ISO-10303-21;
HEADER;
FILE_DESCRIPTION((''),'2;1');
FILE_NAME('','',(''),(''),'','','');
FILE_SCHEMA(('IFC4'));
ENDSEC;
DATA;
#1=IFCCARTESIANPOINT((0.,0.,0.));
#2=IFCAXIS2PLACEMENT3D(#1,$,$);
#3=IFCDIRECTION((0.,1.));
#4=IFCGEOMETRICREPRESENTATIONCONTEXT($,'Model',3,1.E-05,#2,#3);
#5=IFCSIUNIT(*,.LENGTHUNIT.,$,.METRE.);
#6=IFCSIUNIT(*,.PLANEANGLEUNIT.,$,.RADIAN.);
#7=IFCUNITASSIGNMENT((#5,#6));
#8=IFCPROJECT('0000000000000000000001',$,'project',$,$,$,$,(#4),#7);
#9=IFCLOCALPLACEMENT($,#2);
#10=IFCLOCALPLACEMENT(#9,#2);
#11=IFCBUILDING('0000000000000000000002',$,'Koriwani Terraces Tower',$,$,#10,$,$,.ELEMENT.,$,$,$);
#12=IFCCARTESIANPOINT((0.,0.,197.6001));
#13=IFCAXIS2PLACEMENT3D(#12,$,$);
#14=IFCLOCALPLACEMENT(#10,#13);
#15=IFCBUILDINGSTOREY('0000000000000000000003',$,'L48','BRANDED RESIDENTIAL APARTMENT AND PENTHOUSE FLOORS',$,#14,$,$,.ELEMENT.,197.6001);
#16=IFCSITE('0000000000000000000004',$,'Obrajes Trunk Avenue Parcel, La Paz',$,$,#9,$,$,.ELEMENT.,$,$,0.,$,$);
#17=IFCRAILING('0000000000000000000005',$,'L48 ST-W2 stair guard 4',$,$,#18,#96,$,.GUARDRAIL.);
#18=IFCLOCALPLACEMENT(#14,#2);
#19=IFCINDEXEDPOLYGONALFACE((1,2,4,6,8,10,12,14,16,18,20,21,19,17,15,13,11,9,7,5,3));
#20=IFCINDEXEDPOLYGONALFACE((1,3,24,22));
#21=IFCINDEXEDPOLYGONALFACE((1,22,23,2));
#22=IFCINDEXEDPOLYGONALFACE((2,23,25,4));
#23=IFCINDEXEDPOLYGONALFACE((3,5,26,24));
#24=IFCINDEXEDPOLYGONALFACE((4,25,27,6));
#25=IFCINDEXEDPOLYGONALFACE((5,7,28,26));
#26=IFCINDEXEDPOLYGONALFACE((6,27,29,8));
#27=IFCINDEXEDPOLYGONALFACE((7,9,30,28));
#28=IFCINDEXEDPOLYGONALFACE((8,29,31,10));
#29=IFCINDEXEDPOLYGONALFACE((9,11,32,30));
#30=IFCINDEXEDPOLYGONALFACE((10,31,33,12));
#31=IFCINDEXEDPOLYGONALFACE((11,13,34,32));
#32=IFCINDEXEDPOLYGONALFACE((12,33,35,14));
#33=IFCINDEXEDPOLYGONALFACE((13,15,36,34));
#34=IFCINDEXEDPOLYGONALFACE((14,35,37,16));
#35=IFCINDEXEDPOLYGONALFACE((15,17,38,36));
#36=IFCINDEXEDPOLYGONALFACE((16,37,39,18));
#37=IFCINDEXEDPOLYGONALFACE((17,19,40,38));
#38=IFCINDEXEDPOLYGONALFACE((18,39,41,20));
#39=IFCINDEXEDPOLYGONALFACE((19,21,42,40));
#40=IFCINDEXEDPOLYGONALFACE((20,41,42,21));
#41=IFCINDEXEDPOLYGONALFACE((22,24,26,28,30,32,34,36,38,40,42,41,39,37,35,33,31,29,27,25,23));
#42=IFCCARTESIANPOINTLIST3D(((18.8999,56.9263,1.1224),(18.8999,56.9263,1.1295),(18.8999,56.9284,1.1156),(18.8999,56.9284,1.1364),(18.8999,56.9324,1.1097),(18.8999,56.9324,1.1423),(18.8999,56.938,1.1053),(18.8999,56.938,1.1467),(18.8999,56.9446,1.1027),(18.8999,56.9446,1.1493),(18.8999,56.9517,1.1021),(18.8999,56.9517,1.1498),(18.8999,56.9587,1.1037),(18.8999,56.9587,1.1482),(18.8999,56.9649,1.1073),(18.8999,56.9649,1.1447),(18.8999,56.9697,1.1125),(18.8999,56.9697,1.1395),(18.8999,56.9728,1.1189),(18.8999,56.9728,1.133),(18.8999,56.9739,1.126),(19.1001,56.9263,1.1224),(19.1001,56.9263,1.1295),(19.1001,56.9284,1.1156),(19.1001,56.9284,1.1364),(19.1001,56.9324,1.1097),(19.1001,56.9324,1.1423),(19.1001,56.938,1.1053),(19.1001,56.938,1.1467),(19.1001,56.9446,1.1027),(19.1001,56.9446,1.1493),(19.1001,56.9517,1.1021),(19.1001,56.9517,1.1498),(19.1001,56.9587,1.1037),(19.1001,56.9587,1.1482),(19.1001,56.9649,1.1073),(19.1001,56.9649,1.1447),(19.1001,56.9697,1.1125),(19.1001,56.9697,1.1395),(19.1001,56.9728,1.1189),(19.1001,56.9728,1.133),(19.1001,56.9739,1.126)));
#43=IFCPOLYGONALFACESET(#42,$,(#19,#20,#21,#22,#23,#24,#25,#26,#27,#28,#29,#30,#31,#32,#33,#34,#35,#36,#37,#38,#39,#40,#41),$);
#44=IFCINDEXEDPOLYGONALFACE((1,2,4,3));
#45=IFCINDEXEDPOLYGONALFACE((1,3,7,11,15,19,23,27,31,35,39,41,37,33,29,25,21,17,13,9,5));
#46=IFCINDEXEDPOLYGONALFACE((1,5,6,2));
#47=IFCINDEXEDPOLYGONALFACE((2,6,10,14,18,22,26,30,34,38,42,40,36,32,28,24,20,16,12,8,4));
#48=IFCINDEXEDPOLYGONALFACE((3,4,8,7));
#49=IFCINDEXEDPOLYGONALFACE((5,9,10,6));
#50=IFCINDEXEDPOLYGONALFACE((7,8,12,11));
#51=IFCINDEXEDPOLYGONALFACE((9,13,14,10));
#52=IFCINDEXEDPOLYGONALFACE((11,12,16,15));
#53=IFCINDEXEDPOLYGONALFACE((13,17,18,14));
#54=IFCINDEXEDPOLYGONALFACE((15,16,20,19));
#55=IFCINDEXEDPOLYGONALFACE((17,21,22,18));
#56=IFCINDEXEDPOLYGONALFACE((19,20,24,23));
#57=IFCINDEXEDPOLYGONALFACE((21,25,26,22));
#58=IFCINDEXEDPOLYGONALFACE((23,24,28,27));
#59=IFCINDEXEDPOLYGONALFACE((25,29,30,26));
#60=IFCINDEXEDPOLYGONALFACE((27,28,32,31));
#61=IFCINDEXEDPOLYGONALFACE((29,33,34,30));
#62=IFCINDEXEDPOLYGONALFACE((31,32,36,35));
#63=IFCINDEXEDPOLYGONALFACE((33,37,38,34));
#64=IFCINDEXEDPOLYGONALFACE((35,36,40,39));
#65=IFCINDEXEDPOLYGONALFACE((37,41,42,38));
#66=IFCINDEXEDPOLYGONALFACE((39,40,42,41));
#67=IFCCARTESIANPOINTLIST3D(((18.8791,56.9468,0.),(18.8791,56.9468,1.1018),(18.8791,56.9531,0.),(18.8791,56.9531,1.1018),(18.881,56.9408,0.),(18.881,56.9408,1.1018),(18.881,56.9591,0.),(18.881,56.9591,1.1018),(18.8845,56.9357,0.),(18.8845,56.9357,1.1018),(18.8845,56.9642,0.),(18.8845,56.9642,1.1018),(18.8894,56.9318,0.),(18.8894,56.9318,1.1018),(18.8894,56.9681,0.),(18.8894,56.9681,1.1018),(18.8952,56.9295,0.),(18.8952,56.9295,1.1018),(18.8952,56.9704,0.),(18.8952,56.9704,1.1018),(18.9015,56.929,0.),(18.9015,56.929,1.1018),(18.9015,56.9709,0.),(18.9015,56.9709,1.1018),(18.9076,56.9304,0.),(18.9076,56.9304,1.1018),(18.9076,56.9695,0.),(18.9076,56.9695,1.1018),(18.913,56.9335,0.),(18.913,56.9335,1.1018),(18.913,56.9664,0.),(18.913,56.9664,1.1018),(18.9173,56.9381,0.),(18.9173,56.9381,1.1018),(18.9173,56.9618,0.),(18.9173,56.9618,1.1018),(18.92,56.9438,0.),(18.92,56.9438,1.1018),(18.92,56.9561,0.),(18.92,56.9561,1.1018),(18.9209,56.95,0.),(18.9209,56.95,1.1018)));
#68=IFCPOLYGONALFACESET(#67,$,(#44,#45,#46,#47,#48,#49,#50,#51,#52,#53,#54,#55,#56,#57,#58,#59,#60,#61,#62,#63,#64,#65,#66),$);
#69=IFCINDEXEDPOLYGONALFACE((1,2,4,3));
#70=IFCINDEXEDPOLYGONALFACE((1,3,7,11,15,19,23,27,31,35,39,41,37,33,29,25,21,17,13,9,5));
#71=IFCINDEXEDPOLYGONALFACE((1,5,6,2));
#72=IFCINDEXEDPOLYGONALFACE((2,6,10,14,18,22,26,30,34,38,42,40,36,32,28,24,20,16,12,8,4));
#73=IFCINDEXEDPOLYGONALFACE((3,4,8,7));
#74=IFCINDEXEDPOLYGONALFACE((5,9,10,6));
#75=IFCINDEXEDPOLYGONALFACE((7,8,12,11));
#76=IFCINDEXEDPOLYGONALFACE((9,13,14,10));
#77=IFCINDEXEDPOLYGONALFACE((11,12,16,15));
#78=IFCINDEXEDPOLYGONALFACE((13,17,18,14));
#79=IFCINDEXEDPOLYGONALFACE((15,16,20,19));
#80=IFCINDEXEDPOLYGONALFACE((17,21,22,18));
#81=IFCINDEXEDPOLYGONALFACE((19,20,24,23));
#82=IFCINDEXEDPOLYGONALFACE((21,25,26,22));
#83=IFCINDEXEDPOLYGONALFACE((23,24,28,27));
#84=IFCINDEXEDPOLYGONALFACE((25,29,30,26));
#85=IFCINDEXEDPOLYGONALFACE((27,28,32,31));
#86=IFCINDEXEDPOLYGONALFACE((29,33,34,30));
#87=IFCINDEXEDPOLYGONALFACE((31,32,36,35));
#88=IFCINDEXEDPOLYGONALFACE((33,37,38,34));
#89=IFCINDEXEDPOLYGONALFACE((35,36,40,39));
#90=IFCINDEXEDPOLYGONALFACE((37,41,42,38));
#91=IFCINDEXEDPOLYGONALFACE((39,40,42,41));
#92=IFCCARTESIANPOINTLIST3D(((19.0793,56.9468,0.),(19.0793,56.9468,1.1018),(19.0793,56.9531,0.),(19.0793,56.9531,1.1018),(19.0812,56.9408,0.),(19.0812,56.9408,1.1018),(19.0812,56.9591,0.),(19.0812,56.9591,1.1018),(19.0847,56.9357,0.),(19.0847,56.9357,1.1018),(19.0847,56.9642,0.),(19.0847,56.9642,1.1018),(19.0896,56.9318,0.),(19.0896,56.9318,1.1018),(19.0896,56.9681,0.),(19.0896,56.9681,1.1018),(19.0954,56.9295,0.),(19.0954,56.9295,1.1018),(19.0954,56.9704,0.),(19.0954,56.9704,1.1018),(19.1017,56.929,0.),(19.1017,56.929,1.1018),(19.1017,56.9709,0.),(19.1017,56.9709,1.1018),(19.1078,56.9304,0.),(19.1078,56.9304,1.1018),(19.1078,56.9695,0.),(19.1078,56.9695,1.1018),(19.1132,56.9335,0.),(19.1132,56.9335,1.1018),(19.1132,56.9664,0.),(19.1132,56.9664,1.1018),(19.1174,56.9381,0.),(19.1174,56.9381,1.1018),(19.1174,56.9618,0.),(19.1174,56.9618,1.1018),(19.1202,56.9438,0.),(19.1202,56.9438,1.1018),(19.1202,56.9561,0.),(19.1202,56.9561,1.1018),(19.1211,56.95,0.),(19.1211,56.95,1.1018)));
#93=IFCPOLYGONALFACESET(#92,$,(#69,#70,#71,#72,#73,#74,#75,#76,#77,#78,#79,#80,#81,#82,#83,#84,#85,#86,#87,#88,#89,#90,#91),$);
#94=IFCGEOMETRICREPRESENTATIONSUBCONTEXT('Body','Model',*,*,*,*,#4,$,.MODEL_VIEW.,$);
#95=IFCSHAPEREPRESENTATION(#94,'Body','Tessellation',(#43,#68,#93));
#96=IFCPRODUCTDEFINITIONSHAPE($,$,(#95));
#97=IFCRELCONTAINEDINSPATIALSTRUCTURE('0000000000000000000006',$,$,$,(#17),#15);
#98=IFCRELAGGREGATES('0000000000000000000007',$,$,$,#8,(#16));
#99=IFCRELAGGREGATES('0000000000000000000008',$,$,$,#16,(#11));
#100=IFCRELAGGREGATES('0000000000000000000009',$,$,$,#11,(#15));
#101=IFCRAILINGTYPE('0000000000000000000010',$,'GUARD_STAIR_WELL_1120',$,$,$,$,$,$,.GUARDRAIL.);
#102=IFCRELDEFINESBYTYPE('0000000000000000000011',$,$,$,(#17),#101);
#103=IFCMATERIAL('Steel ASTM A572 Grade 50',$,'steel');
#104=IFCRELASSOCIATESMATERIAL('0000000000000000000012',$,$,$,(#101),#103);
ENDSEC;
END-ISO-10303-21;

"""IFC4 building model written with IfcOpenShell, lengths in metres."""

from ifc_helpers import new_model, si_unit, direction, frame, origin, origin_2d, place, context, subcontext, project, spatial, circle, extrude, material, type_object, element, save


model = new_model("IFC4")

# Units and contexts
model_context = context("Model", 3, precision=1e-05, world=origin(), true_north=direction((0.0, 1.0)))
body_context = subcontext(model_context, "Body", "Model", "MODEL_VIEW")
ifc_project = project(units=[si_unit("LENGTHUNIT", "METRE"), si_unit("PLANEANGLEUNIT", "RADIAN")], contexts=[model_context])

# Site, building, storey
site_placement = place(None, origin())
site = spatial("IfcSite", under=ifc_project, at=site_placement, Name="Obrajes Trunk Avenue Parcel, La Paz", CompositionType="ELEMENT", RefElevation=0.0)
building_placement = place(site_placement, origin())
building = spatial("IfcBuilding", under=site, at=building_placement, Name="Koriwani Terraces Tower", CompositionType="ELEMENT")
storey_placement = place(building_placement, frame((0.0, 0.0, 197.6001)))
storey = spatial("IfcBuildingStorey", under=building, at=storey_placement, Name="L48", Description="BRANDED RESIDENTIAL APARTMENT AND PENTHOUSE FLOORS", CompositionType="ELEMENT", Elevation=197.6001)

# Shared definitions
ifc_material_1 = material(Name="Steel ASTM A572 Grade 50", Category="steel")

# Railing
railing_type_1 = type_object("IfcRailingType", Name="GUARD_STAIR_WELL_1120", PredefinedType="GUARDRAIL", material=ifc_material_1)
railing_1_placement = place(storey_placement, frame((18.8999, 56.95, 0.0)))
element("IfcRailing", 1, at=railing_1_placement, inside=storey, type_object=railing_type_1, Name="L48 ST-W2 stair guard 4", PredefinedType="GUARDRAIL", context=body_context, shape_type="SweptSolid", body=[
    extrude(circle(Radius=0.0239, at=origin_2d()), frame((0.0, 0.0, 1.126), z_axis=(1.0, 0.0, 0.0), x_axis=(0.0, 1.0, 0.0)), (0.0, 0.0, 1.0), 0.2002),
    extrude(circle(Radius=0.021, at=origin_2d()), origin(), (0.0, 0.0, 1.0), 1.1018),
    extrude(circle(Radius=0.021, at=origin_2d()), frame((0.2002, 0.0, 0.0)), (0.0, 0.0, 1.0), 1.1018),
])

save(model, "model.ifc")
